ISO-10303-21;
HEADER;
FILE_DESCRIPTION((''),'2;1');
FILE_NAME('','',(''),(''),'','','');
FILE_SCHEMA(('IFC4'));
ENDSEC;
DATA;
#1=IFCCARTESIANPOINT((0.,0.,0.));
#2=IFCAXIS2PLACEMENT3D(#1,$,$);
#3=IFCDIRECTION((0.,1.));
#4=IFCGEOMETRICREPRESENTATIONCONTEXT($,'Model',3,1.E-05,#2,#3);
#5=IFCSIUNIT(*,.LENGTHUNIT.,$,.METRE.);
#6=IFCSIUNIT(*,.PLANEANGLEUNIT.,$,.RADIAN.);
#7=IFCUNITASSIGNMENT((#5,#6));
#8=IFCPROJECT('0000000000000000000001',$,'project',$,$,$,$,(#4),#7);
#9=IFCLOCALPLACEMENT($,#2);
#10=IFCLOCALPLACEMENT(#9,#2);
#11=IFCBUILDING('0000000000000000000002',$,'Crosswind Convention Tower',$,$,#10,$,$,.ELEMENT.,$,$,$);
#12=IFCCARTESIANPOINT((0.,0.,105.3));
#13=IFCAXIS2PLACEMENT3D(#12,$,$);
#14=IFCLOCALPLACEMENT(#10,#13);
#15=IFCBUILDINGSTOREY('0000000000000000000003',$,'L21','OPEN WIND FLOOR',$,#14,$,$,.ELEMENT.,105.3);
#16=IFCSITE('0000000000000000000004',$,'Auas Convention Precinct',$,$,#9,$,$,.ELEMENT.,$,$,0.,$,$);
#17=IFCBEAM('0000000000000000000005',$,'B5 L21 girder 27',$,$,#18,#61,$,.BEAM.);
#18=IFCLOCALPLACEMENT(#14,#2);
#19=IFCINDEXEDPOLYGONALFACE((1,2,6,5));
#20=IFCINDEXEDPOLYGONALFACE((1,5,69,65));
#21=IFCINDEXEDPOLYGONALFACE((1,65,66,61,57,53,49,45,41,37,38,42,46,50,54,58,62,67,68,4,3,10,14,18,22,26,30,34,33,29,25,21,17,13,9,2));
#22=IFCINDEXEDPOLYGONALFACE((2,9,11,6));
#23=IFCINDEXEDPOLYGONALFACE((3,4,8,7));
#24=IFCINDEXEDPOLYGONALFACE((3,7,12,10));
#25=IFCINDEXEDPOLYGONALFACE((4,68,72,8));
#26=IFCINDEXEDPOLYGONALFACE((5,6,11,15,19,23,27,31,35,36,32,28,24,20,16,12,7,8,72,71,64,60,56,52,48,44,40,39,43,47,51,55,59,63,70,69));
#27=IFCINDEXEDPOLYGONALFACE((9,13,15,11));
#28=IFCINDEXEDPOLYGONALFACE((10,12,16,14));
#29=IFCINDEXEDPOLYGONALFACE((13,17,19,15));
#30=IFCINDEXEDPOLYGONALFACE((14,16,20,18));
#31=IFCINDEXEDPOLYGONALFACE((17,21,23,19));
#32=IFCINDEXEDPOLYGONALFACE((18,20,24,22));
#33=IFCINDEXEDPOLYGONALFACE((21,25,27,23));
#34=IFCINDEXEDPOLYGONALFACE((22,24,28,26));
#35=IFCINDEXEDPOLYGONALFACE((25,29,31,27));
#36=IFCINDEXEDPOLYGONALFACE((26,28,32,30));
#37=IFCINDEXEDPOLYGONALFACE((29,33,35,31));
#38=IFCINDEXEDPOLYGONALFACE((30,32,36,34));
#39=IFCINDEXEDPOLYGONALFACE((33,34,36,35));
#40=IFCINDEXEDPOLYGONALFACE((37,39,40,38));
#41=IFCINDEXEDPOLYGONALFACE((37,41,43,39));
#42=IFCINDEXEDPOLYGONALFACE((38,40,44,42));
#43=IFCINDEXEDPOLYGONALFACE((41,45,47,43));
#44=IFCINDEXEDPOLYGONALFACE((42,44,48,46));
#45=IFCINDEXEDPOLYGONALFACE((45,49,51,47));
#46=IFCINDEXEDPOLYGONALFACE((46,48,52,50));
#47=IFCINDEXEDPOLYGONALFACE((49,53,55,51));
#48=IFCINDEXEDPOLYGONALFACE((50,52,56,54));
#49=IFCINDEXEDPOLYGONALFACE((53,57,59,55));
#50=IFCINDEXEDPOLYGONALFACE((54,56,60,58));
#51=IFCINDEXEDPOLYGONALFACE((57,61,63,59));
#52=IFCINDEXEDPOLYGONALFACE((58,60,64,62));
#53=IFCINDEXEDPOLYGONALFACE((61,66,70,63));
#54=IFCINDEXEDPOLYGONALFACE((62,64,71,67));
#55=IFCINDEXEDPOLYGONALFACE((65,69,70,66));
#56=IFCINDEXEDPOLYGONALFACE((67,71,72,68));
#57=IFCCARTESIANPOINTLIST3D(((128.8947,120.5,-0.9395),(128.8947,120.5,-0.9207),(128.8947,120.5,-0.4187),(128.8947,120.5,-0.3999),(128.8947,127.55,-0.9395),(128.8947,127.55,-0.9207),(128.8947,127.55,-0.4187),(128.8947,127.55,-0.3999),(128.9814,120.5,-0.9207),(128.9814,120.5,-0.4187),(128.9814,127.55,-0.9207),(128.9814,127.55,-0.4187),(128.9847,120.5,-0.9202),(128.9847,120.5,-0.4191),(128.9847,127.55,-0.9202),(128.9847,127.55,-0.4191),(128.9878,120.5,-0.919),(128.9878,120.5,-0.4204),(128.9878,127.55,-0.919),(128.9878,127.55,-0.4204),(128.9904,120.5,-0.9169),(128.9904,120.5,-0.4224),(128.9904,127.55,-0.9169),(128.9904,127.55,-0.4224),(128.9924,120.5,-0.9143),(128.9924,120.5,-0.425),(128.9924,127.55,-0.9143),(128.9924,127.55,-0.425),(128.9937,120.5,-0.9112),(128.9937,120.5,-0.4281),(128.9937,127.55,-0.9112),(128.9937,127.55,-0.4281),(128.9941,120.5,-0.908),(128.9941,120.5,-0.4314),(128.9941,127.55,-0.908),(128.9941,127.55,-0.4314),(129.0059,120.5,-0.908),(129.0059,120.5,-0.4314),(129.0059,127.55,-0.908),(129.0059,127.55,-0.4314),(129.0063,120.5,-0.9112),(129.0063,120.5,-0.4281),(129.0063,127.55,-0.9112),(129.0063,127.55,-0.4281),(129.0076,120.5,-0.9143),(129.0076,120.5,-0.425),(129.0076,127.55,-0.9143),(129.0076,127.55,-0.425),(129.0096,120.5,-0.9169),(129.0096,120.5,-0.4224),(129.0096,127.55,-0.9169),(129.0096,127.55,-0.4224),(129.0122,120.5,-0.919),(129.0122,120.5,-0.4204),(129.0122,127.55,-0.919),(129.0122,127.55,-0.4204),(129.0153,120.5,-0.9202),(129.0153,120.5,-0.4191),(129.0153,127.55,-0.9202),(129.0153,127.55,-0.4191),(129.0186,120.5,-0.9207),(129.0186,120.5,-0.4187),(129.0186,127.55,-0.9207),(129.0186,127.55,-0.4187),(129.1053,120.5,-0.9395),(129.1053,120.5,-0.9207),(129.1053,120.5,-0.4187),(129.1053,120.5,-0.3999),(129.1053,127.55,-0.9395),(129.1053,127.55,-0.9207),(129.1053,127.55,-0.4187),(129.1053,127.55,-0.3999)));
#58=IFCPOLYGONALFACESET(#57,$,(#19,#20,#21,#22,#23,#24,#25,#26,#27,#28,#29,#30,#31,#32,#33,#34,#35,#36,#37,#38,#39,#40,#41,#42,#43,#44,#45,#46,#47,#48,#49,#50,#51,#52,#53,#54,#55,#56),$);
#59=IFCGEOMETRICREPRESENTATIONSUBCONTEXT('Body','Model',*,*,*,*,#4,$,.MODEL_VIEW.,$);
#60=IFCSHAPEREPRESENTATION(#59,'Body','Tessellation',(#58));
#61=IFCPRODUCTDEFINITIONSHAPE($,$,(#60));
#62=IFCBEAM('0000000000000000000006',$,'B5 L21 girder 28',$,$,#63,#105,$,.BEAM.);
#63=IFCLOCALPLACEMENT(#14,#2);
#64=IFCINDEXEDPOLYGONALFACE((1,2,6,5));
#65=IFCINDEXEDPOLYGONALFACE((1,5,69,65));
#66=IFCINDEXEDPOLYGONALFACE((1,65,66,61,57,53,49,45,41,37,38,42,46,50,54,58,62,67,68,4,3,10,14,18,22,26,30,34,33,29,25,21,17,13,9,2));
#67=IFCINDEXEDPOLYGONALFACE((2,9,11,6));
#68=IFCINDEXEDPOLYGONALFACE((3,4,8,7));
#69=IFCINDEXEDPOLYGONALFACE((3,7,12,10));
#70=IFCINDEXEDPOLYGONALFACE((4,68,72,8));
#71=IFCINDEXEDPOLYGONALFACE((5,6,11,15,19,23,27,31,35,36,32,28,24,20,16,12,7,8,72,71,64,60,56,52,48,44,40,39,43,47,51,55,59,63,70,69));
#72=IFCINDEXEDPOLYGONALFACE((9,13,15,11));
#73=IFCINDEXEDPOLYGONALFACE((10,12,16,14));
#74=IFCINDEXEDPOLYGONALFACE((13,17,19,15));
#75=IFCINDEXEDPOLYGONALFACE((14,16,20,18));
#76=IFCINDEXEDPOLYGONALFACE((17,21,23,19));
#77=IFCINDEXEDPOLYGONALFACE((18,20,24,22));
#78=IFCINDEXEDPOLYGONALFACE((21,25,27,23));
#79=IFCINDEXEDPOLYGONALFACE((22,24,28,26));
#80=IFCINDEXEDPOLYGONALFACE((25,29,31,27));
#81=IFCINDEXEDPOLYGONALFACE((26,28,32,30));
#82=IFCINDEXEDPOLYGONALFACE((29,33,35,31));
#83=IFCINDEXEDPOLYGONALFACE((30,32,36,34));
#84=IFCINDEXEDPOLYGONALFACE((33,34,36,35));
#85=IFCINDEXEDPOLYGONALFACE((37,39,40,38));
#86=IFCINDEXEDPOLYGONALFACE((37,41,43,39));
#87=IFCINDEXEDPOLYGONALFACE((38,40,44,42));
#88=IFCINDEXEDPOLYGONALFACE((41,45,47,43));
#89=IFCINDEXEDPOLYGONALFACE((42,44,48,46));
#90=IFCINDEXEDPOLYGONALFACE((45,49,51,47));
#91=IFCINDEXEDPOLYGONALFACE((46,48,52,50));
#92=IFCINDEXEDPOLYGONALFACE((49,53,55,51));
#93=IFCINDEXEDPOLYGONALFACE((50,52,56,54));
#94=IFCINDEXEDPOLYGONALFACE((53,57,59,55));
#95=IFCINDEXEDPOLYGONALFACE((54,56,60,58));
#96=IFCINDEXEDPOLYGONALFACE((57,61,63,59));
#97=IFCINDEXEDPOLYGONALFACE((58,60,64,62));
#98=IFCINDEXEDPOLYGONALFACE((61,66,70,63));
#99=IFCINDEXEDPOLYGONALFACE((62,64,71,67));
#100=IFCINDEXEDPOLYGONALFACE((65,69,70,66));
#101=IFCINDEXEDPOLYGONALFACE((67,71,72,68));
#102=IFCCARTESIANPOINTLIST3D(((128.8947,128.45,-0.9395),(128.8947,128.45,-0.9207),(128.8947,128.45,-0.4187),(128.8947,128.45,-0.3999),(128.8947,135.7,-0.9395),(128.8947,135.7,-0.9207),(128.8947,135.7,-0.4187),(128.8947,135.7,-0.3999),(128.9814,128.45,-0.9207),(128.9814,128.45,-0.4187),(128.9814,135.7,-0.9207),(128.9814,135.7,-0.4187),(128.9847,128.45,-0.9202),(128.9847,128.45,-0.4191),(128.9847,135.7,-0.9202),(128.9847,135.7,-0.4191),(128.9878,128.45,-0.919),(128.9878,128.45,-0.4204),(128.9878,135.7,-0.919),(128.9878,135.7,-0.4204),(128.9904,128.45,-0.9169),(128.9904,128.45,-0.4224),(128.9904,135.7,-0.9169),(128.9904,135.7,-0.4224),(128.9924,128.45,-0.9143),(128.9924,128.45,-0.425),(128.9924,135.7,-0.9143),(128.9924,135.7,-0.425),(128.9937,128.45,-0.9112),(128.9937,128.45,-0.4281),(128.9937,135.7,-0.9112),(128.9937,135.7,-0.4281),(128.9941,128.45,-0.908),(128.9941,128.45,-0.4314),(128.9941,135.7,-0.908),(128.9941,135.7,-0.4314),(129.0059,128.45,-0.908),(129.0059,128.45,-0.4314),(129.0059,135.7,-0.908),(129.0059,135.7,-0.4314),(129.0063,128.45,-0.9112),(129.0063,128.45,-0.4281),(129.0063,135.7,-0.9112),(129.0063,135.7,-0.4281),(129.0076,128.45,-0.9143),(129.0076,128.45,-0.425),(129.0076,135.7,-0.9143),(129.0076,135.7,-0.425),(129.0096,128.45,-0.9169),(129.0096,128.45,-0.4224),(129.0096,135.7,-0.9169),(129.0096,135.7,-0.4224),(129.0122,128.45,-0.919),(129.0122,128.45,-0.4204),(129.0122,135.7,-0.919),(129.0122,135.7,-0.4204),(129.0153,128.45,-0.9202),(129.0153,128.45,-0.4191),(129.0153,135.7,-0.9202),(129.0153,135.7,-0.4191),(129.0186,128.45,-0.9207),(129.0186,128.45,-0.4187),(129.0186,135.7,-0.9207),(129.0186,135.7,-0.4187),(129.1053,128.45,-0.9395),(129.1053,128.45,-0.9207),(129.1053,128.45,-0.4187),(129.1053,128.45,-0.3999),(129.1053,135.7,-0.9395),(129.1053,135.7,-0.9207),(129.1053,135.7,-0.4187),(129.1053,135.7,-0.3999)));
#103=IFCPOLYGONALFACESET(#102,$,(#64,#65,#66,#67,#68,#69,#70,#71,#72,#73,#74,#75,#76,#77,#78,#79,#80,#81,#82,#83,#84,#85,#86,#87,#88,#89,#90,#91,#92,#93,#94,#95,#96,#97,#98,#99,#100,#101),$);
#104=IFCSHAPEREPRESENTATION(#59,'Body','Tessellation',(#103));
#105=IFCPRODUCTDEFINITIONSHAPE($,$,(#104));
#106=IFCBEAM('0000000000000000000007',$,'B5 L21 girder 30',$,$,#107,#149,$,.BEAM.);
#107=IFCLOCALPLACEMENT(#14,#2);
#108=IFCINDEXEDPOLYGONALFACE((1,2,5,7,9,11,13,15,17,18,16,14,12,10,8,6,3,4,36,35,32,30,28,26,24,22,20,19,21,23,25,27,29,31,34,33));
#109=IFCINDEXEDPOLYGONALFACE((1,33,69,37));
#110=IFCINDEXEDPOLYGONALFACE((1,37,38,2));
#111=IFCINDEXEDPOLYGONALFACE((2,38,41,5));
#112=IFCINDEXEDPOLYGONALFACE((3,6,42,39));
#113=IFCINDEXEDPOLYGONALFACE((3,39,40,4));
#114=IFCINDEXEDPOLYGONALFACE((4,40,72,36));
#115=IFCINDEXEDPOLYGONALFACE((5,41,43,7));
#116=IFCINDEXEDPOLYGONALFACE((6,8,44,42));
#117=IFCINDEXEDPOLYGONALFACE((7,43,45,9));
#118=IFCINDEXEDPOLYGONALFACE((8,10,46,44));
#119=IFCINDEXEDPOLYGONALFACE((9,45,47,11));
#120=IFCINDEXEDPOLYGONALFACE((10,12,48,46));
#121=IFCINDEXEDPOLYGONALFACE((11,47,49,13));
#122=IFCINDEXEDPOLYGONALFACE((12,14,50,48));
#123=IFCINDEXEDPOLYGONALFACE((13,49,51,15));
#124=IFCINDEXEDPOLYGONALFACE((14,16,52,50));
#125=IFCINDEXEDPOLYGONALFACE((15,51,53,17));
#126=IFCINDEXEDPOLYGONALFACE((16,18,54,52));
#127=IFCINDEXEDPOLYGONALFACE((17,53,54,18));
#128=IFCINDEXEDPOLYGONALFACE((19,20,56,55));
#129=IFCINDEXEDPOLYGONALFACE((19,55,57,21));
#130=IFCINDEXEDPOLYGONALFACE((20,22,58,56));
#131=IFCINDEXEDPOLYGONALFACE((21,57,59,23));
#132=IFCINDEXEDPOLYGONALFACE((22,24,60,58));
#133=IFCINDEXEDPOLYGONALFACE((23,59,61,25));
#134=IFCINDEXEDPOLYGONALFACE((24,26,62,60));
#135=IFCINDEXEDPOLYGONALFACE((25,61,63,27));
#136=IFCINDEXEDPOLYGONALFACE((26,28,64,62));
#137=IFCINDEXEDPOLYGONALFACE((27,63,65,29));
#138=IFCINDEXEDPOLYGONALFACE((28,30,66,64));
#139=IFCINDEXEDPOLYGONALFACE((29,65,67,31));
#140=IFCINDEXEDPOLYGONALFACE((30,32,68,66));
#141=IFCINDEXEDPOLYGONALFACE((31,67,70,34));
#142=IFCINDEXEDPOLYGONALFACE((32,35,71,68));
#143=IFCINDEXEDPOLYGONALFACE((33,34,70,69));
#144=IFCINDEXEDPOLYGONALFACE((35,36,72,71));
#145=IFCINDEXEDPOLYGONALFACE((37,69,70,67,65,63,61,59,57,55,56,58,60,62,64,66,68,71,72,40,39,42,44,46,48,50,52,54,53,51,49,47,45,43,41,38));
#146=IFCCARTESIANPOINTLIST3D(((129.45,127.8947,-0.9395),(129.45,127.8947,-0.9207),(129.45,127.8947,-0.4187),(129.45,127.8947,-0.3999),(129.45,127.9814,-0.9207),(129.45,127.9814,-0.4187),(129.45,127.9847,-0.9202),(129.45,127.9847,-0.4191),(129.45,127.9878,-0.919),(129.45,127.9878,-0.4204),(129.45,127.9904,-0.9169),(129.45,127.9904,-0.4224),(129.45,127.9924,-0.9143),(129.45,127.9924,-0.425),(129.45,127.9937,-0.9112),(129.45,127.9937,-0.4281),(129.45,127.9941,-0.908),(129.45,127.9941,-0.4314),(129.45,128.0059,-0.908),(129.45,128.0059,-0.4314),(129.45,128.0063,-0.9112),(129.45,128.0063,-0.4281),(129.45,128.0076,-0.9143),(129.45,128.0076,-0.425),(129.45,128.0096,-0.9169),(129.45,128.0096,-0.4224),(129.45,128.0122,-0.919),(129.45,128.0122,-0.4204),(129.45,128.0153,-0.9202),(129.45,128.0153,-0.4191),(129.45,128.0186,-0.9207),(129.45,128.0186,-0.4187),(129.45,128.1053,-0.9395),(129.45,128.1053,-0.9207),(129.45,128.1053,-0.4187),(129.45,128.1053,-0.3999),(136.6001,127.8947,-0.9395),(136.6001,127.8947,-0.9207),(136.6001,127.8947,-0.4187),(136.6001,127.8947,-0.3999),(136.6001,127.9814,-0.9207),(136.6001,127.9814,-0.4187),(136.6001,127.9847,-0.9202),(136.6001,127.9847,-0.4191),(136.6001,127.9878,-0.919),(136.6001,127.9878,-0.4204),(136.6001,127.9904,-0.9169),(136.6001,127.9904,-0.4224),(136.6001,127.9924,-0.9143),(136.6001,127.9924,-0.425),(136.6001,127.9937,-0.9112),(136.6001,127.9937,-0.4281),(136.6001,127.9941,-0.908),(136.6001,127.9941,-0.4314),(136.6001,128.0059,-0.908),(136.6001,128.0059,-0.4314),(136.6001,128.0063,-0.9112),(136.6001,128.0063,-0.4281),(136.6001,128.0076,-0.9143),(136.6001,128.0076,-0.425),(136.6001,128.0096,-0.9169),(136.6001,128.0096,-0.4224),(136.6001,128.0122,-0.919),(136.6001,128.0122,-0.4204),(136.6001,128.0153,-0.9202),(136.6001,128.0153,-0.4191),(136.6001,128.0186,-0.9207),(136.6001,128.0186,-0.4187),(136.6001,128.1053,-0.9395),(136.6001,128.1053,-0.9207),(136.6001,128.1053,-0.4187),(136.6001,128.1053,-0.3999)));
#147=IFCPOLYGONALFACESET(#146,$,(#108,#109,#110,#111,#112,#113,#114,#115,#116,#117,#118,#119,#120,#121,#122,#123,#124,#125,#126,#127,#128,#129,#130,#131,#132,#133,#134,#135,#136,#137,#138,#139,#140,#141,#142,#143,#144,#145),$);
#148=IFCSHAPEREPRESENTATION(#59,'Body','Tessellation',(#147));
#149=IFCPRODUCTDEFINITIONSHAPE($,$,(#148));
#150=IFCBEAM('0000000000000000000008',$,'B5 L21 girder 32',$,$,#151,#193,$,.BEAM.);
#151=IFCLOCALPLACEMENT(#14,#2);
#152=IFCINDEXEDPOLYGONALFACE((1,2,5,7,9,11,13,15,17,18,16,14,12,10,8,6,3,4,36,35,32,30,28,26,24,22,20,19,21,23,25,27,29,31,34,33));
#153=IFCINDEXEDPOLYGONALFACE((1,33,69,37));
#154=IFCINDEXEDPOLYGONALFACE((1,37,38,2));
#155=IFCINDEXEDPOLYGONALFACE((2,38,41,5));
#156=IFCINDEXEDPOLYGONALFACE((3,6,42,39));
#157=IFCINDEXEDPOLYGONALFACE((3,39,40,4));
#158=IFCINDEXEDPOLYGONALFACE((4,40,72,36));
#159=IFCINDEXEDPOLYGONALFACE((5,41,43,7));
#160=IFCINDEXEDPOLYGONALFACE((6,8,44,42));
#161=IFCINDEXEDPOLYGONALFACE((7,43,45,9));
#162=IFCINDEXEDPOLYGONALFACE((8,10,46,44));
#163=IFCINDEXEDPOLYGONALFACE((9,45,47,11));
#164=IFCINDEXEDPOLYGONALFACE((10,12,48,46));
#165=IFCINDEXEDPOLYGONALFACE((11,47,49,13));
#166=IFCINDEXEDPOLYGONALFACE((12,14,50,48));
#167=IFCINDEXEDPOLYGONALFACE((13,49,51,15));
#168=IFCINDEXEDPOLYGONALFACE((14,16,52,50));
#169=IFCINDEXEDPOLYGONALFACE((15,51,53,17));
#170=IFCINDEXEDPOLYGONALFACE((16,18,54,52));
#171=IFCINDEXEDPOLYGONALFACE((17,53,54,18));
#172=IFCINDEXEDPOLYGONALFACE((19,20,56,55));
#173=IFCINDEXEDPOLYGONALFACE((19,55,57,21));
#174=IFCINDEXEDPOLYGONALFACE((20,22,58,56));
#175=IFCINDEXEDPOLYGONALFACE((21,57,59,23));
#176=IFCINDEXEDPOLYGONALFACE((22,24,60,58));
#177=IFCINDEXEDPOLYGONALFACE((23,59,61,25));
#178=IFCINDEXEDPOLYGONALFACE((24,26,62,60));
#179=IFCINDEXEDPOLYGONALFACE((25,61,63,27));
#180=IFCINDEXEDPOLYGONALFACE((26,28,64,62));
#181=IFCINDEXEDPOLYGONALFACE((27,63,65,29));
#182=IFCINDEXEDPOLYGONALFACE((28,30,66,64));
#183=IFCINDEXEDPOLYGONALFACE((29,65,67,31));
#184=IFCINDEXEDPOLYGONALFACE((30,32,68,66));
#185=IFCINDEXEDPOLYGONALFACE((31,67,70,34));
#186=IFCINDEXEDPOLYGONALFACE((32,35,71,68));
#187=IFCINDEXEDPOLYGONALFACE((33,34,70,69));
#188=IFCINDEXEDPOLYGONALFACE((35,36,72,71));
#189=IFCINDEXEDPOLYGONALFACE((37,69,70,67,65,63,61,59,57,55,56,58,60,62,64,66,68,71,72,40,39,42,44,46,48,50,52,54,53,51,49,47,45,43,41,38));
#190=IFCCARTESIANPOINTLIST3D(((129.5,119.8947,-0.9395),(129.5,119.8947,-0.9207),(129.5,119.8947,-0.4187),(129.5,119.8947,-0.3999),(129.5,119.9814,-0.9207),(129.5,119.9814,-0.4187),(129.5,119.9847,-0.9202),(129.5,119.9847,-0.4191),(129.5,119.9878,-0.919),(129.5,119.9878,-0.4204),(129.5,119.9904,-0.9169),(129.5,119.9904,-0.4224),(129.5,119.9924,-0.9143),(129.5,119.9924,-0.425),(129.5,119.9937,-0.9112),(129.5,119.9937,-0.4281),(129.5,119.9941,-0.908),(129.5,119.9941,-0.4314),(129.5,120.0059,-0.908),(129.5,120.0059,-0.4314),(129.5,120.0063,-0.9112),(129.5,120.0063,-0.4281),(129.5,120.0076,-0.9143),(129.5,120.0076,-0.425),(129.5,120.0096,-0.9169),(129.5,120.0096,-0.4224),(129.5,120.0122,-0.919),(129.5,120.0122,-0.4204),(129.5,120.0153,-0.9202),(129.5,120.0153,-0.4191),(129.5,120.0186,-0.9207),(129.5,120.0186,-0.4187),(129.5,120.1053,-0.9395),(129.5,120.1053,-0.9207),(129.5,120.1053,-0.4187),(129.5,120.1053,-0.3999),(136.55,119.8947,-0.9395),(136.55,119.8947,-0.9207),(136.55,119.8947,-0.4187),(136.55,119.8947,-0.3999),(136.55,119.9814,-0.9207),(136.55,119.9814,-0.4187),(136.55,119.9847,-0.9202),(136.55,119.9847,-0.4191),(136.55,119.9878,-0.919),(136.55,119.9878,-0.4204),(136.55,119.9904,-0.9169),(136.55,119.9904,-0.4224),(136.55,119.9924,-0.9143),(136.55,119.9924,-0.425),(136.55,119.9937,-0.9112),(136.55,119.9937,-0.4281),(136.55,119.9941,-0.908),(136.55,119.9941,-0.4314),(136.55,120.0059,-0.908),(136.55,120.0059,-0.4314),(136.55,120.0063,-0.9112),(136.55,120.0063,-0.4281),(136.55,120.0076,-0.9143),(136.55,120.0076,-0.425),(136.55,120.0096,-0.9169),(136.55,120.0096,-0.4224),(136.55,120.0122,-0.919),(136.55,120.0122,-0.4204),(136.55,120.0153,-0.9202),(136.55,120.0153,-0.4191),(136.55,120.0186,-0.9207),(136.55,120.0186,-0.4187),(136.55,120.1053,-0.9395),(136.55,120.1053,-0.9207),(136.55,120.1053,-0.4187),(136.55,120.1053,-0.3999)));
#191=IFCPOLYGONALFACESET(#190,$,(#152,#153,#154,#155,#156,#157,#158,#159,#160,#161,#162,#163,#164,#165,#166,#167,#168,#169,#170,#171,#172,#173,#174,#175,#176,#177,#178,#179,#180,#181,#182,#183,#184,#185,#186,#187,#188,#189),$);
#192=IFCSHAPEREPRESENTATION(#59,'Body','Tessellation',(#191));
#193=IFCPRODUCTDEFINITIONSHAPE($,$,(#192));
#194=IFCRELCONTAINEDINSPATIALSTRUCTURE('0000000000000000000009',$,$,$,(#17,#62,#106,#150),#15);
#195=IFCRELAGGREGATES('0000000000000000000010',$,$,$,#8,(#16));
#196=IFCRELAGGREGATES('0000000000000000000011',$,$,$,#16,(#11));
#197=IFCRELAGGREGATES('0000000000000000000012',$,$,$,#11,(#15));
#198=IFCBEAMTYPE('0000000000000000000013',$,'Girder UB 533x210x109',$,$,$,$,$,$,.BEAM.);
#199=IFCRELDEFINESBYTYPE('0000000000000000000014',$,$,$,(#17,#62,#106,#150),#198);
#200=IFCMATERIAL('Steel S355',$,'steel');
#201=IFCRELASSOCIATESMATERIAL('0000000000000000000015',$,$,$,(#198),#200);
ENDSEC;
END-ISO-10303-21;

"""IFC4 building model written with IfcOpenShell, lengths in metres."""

from ifc_helpers import new_model, si_unit, direction, frame, origin, origin_2d, place, context, subcontext, project, spatial, i_section, extrude, material, material_profile, profile_set, type_object, element, save


model = new_model("IFC4")

# Units and contexts
model_context = context("Model", 3, precision=1e-05, world=origin(), true_north=direction((0.0, 1.0)))
body_context = subcontext(model_context, "Body", "Model", "MODEL_VIEW")
ifc_project = project(units=[si_unit("LENGTHUNIT", "METRE"), si_unit("PLANEANGLEUNIT", "RADIAN")], contexts=[model_context])

# Site, building, storey
site_placement = place(None, origin())
site = spatial("IfcSite", under=ifc_project, at=site_placement, Name="Auas Convention Precinct", CompositionType="ELEMENT", RefElevation=0.0)
building_placement = place(site_placement, origin())
building = spatial("IfcBuilding", under=site, at=building_placement, Name="Crosswind Convention Tower", CompositionType="ELEMENT")
storey_placement = place(building_placement, frame((0.0, 0.0, 105.3)))
storey = spatial("IfcBuildingStorey", under=building, at=storey_placement, Name="L21", Description="OPEN WIND FLOOR", CompositionType="ELEMENT", Elevation=105.3)

# Beams
ifc_material_1 = material(Name="Steel S355", Category="steel")
ifc_material_profile_1 = material_profile(ifc_material_1, i_section(OverallWidth=0.2107, OverallDepth=0.5396, WebThickness=0.0117, FlangeThickness=0.0188, FilletRadius=0.0127, at=origin_2d()), Name="UB 533x210x109")
ifc_profile_set_1 = profile_set([ifc_material_profile_1], Name="Steel S355")
beam_type_1 = type_object("IfcBeamType", Name="Girder UB 533x210x109", PredefinedType="BEAM", material=ifc_profile_set_1)
beam_1_placement = place(storey_placement, frame((129.0, 120.5, -0.6697), z_axis=(0.0, 1.0, 0.0), x_axis=(-1.0, 0.0, 0.0)))
element("IfcBeam", 1, at=beam_1_placement, inside=storey, type_object=beam_type_1, Name="B5 L21 girder 27", PredefinedType="BEAM", context=body_context, shape_type="SweptSolid", body=[
    extrude(i_section(OverallWidth=0.2107, OverallDepth=0.5396, WebThickness=0.0117, FlangeThickness=0.0188, FilletRadius=0.0127, at=origin_2d()), origin(), (0.0, 0.0, 1.0), 7.05),
])
beam_2_placement = place(storey_placement, frame((129.0, 128.45, -0.6697), z_axis=(0.0, 1.0, 0.0), x_axis=(-1.0, 0.0, 0.0)))
element("IfcBeam", 2, at=beam_2_placement, inside=storey, type_object=beam_type_1, Name="B5 L21 girder 28", PredefinedType="BEAM", context=body_context, shape_type="SweptSolid", body=[
    extrude(i_section(OverallWidth=0.2107, OverallDepth=0.5396, WebThickness=0.0117, FlangeThickness=0.0188, FilletRadius=0.0127, at=origin_2d()), origin(), (0.0, 0.0, 1.0), 7.25),
])
beam_3_placement = place(storey_placement, frame((129.45, 128.0, -0.6697), z_axis=(1.0, 0.0, 0.0), x_axis=(0.0, 1.0, 0.0)))
element("IfcBeam", 3, at=beam_3_placement, inside=storey, type_object=beam_type_1, Name="B5 L21 girder 30", PredefinedType="BEAM", context=body_context, shape_type="SweptSolid", body=[
    extrude(i_section(OverallWidth=0.2107, OverallDepth=0.5396, WebThickness=0.0117, FlangeThickness=0.0188, FilletRadius=0.0127, at=origin_2d()), origin(), (0.0, 0.0, 1.0), 7.1501),
])
beam_4_placement = place(storey_placement, frame((129.5, 120.0, -0.6697), z_axis=(1.0, 0.0, 0.0), x_axis=(0.0, 1.0, 0.0)))
element("IfcBeam", 4, at=beam_4_placement, inside=storey, type_object=beam_type_1, Name="B5 L21 girder 32", PredefinedType="BEAM", context=body_context, shape_type="SweptSolid", body=[
    extrude(i_section(OverallWidth=0.2107, OverallDepth=0.5396, WebThickness=0.0117, FlangeThickness=0.0188, FilletRadius=0.0127, at=origin_2d()), origin(), (0.0, 0.0, 1.0), 7.05),
])

save(model, "model.ifc")
